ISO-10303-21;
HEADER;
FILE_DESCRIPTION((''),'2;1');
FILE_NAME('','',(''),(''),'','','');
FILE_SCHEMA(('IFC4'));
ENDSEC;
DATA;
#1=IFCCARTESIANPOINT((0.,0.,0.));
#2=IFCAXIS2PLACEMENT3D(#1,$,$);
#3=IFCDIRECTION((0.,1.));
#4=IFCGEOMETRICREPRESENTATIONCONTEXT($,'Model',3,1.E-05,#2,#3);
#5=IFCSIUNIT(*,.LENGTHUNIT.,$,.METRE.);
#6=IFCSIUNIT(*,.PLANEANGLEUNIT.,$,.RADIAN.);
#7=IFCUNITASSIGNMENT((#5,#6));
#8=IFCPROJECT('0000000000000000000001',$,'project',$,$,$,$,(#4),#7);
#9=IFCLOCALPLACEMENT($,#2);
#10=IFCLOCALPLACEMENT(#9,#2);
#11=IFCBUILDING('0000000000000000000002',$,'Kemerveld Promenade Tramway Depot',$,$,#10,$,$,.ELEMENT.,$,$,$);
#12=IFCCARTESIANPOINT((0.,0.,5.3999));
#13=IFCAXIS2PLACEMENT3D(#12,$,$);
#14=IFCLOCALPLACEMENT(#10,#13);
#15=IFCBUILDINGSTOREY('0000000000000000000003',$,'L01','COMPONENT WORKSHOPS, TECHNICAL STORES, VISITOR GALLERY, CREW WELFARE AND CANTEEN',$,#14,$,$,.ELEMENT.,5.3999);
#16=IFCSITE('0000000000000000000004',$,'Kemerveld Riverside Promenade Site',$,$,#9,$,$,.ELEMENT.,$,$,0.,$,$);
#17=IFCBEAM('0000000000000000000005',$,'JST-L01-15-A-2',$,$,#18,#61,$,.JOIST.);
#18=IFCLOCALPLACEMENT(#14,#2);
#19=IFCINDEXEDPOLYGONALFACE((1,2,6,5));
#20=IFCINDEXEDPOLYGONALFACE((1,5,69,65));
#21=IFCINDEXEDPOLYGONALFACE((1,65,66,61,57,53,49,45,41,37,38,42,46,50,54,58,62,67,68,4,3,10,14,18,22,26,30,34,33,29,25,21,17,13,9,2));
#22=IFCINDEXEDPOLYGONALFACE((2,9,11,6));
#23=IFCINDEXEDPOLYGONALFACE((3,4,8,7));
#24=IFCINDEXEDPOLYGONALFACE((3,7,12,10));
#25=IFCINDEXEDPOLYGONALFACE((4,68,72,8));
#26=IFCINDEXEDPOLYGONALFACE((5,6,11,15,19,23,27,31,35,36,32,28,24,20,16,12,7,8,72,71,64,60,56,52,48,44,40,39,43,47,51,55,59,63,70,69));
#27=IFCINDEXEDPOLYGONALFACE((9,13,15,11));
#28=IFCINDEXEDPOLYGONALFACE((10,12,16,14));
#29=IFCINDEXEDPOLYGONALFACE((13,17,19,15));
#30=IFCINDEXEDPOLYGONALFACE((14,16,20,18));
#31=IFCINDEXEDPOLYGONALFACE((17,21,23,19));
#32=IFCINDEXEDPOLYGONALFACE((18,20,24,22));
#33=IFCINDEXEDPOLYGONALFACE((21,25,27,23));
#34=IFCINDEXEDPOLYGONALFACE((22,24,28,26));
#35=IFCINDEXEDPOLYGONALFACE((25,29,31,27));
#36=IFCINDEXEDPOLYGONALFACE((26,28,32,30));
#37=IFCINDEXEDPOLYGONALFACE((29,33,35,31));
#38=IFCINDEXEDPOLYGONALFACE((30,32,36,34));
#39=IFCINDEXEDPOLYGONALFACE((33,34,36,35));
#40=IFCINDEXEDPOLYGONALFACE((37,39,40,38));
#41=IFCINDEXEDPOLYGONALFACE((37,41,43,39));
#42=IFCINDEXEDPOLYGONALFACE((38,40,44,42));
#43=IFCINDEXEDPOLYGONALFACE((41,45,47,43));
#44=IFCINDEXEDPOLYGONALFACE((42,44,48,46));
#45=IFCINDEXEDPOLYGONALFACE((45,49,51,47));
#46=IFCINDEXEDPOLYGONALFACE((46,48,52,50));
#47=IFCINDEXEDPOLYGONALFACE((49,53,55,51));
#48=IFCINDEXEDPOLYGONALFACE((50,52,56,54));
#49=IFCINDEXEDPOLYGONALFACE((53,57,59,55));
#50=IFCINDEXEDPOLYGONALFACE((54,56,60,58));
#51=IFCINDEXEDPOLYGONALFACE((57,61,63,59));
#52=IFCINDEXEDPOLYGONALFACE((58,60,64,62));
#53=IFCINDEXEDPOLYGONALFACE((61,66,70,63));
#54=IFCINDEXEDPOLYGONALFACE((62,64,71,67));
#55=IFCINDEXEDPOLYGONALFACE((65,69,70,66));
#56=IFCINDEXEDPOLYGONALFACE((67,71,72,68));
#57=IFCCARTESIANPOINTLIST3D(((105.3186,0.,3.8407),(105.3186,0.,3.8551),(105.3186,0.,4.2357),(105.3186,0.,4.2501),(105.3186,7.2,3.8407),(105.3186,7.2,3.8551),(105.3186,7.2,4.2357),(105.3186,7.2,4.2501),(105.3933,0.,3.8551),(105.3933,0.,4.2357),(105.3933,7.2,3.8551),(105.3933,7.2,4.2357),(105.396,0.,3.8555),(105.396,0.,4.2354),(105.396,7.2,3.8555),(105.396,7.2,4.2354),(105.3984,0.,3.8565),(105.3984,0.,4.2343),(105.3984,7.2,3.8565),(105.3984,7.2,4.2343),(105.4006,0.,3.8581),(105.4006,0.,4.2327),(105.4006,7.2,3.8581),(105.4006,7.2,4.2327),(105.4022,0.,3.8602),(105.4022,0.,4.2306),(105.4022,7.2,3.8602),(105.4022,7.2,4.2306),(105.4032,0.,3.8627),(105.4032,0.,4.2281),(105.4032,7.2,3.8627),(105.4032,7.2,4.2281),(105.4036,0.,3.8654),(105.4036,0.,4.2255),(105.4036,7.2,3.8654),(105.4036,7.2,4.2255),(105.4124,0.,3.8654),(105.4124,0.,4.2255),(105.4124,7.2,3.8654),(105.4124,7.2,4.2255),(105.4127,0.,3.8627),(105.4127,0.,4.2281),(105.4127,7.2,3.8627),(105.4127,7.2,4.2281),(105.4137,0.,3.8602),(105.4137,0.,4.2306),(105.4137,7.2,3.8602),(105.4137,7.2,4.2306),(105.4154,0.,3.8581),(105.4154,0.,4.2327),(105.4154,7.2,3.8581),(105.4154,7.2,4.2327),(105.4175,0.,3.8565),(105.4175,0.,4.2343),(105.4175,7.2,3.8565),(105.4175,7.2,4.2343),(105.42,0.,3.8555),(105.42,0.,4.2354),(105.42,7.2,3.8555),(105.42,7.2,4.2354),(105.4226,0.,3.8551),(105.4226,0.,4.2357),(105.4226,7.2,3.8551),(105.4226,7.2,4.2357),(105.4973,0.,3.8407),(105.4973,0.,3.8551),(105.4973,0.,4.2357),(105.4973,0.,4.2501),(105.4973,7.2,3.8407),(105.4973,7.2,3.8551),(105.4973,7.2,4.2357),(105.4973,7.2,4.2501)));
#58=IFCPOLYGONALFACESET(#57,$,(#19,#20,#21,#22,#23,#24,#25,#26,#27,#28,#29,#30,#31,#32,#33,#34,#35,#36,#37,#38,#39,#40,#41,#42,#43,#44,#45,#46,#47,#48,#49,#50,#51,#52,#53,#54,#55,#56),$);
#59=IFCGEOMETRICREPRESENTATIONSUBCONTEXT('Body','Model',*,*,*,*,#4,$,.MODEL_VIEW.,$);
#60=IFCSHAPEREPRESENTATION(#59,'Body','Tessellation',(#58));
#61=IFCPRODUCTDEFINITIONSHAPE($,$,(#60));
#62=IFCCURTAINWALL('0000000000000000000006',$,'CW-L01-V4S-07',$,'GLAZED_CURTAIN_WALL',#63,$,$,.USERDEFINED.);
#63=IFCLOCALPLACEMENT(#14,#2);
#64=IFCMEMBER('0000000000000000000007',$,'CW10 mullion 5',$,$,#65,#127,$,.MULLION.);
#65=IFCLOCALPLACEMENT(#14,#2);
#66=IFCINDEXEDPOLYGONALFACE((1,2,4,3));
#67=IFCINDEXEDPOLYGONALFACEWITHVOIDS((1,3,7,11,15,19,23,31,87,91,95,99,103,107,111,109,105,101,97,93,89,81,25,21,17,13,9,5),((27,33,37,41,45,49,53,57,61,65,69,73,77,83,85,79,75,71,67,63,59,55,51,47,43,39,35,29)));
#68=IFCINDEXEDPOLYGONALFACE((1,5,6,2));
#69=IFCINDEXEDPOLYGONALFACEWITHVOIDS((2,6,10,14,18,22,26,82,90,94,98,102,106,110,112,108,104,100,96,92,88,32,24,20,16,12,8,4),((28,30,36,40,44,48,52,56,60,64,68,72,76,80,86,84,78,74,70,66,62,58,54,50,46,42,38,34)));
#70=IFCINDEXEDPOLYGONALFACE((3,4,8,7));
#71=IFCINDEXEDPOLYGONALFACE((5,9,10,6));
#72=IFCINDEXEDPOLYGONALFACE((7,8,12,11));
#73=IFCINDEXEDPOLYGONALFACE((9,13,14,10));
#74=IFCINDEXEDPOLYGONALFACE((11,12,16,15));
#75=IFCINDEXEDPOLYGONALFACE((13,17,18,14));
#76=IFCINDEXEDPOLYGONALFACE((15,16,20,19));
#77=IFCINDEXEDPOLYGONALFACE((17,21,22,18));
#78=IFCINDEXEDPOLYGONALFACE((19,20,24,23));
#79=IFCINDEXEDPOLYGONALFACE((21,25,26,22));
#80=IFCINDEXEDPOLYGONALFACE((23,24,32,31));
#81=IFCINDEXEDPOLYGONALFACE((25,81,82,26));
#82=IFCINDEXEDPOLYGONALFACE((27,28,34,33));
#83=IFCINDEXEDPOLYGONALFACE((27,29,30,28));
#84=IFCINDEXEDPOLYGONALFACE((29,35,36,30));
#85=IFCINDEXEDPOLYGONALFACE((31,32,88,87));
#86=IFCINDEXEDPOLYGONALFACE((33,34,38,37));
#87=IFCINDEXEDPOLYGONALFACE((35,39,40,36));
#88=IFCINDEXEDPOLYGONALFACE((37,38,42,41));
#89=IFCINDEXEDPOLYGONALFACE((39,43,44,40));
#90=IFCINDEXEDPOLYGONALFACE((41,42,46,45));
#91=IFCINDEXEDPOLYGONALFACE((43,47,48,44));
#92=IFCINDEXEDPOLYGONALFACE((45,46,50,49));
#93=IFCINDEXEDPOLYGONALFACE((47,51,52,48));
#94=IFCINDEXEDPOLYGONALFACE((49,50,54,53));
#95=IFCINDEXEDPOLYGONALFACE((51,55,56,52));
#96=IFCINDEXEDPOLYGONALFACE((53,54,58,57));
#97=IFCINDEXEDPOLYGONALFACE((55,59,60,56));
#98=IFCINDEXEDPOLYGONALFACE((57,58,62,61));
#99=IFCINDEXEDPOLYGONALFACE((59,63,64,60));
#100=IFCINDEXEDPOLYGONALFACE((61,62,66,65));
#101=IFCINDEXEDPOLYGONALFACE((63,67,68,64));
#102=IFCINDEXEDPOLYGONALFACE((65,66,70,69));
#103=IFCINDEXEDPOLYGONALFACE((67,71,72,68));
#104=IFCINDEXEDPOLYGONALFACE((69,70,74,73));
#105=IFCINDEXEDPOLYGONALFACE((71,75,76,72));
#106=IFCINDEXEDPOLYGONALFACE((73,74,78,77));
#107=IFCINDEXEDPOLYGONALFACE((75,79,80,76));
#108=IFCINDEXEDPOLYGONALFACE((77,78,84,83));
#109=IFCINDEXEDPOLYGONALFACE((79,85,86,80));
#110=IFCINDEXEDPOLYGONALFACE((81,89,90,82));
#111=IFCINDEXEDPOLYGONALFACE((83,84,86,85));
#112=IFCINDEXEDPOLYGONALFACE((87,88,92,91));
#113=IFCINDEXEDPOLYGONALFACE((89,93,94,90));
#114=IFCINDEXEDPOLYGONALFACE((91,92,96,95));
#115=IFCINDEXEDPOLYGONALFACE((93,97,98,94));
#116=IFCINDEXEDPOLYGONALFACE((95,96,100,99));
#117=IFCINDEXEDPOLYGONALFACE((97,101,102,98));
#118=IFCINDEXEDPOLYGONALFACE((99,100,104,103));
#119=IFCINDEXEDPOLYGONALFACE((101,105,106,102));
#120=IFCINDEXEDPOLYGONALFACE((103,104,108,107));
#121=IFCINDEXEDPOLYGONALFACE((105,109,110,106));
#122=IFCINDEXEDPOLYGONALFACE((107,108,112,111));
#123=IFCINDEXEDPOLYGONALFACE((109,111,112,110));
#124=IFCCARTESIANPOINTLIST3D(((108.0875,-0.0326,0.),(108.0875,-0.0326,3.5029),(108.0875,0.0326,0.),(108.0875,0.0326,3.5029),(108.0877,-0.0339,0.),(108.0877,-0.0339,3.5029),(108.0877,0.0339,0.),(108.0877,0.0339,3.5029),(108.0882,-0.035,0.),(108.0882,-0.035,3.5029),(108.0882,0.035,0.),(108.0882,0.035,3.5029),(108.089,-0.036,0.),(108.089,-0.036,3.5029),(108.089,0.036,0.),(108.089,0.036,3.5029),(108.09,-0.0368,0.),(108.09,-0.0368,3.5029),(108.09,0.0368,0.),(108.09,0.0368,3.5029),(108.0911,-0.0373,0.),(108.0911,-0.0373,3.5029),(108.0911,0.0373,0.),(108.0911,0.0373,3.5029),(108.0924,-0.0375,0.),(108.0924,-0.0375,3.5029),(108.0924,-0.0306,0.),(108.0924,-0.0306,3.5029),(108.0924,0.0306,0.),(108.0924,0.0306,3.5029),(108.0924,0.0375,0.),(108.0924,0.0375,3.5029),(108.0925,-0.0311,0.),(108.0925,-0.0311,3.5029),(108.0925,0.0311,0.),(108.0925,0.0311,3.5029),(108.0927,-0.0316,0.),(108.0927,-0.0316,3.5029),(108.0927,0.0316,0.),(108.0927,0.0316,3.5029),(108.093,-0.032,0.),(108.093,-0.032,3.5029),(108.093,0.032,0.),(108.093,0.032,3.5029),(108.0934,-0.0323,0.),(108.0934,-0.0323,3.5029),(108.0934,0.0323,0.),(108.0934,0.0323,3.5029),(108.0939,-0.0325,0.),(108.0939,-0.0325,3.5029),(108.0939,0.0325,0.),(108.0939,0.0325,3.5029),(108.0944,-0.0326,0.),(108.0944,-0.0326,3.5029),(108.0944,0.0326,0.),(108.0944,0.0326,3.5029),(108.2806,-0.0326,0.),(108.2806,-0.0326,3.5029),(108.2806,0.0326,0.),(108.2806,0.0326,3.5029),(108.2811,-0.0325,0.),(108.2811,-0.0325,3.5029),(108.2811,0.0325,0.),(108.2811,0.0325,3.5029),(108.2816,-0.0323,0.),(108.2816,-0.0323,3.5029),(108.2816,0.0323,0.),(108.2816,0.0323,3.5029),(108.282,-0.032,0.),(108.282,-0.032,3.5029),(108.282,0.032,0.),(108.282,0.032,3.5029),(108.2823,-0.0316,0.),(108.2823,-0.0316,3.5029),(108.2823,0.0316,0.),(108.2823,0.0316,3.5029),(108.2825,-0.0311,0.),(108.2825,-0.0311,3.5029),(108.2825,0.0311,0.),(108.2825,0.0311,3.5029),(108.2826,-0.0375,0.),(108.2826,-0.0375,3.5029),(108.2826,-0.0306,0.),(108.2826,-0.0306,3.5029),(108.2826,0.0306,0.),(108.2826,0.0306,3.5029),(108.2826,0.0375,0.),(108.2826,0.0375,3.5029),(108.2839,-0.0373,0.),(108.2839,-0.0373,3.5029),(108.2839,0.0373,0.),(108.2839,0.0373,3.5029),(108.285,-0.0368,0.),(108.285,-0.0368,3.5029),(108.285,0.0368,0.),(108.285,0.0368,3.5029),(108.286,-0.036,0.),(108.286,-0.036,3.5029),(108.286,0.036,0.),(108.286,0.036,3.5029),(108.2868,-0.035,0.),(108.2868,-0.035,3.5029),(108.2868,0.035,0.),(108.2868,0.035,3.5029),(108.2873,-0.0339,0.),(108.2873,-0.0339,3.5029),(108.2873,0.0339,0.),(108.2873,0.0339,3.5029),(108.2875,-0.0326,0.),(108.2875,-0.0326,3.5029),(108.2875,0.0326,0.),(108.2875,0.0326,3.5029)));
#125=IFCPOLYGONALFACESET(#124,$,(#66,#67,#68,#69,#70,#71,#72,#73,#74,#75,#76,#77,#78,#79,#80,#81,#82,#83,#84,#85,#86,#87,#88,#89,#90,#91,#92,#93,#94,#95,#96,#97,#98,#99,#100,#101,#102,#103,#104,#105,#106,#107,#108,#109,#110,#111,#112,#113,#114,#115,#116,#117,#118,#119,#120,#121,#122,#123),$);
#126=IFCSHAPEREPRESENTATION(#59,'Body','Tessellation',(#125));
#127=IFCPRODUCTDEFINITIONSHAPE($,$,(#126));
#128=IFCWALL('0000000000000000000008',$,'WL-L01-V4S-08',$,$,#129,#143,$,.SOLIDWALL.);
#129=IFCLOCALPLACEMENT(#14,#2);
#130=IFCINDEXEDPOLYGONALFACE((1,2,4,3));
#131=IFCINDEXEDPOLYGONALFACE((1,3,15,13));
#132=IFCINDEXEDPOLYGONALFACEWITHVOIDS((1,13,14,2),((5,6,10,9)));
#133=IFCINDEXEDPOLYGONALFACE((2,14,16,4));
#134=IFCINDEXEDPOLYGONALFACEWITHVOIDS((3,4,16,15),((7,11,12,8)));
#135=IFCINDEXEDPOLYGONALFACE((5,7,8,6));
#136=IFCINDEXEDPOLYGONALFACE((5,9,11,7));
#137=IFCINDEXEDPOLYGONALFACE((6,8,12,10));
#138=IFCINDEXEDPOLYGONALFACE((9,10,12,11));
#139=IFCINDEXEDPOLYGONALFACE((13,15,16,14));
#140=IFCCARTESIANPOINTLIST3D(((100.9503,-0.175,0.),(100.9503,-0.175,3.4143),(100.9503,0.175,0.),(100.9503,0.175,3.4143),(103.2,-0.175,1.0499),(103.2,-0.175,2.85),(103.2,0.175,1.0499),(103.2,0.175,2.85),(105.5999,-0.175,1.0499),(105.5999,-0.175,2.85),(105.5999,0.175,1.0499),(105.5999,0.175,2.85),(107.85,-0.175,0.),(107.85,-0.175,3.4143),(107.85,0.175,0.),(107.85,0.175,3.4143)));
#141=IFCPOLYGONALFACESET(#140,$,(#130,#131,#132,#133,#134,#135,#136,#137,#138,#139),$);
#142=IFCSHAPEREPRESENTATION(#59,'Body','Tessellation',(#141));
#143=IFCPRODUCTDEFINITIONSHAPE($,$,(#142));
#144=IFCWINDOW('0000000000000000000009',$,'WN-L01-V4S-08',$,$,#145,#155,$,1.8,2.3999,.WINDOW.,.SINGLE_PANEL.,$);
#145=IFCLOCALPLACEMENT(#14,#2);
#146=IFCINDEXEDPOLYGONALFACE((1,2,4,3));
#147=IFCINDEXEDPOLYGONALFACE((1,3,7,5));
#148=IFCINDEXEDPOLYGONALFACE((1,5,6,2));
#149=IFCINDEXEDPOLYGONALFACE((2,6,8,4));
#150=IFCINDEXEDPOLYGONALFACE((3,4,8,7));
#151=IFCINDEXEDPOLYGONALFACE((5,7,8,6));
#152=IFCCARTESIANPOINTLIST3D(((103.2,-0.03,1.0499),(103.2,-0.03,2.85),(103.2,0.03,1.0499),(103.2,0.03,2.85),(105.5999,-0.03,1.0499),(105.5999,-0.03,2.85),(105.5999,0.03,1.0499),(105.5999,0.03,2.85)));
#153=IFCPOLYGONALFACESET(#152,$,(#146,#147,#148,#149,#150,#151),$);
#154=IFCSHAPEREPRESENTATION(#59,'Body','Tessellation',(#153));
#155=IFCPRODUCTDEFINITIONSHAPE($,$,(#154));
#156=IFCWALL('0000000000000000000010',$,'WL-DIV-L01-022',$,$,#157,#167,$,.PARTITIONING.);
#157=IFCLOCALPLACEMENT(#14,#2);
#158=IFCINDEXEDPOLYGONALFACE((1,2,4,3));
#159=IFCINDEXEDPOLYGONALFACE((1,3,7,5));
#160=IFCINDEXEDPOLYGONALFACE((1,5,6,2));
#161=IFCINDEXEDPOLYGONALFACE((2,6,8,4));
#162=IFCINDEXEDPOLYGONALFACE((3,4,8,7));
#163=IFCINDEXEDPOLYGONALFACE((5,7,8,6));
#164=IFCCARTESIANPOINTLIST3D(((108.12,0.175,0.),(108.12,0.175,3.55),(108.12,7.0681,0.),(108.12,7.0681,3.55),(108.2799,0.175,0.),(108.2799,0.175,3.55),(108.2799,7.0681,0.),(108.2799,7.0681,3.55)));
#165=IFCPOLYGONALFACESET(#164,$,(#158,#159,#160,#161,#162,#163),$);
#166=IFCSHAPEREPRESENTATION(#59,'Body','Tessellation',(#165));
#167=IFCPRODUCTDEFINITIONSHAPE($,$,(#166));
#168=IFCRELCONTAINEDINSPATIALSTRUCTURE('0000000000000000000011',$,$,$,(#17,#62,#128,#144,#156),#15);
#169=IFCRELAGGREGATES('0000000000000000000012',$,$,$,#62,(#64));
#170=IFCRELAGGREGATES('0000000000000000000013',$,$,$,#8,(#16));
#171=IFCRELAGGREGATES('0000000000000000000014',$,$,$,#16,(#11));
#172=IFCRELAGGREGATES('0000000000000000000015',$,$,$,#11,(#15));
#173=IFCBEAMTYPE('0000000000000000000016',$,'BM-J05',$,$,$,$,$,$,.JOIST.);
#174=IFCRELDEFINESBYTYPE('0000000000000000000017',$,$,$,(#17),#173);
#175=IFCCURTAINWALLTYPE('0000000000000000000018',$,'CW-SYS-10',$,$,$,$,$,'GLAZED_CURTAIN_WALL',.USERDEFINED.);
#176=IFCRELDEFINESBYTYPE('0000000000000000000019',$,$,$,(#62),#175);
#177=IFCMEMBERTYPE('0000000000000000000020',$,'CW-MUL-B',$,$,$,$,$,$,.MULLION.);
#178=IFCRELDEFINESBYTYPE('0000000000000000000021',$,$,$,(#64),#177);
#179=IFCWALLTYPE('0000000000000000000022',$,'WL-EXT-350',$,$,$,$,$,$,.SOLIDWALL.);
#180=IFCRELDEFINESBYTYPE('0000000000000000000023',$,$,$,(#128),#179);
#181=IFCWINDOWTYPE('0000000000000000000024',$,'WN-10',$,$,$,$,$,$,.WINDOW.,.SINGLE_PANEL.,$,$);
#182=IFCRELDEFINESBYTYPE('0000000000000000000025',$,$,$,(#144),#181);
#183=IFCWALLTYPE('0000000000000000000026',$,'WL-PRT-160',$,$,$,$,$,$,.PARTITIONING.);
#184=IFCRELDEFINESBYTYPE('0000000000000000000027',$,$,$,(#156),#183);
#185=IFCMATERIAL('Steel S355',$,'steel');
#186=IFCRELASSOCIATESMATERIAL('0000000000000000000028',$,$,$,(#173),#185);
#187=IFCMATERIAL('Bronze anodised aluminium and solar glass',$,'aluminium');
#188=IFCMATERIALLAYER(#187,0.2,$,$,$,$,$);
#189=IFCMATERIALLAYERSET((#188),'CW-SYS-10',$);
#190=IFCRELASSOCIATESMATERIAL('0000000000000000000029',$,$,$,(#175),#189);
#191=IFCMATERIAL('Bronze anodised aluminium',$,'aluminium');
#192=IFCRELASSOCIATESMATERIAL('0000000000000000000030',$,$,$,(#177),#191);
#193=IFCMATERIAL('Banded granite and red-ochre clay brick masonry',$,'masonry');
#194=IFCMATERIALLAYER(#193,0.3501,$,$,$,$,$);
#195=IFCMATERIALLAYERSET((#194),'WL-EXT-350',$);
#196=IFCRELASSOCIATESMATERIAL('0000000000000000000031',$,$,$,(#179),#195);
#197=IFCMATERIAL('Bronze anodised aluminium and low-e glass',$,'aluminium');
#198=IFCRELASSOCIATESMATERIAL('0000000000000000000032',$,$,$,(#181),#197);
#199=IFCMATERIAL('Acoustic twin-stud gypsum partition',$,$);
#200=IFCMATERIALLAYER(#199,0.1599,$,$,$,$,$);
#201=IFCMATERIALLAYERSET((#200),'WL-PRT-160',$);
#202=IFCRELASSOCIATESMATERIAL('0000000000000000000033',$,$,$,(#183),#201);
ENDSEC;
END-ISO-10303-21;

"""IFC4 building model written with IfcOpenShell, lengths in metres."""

from ifc_helpers import new_model, si_unit, direction, frame, frame_2d, origin, origin_2d, place, context, subcontext, project, spatial, rectangle, hollow_rectangle, i_section, extrude, material, layer, layer_set, material_profile, profile_set, type_object, element, fill, aggregate, save


model = new_model("IFC4")

# Units and contexts
model_context = context("Model", 3, precision=1e-05, world=origin(), true_north=direction((0.0, 1.0)))
body_context = subcontext(model_context, "Body", "Model", "MODEL_VIEW")
ifc_project = project(units=[si_unit("LENGTHUNIT", "METRE"), si_unit("PLANEANGLEUNIT", "RADIAN")], contexts=[model_context])

# Site, building, storey
site_placement = place(None, origin())
site = spatial("IfcSite", under=ifc_project, at=site_placement, Name="Kemerveld Riverside Promenade Site", CompositionType="ELEMENT", RefElevation=0.0)
building_placement = place(site_placement, origin())
building = spatial("IfcBuilding", under=site, at=building_placement, Name="Kemerveld Promenade Tramway Depot", CompositionType="ELEMENT")
storey_placement = place(building_placement, frame((0.0, 0.0, 5.3999)))
storey = spatial("IfcBuildingStorey", under=building, at=storey_placement, Name="L01", Description="COMPONENT WORKSHOPS, TECHNICAL STORES, VISITOR GALLERY, CREW WELFARE AND CANTEEN", CompositionType="ELEMENT", Elevation=5.3999)

# Shared definitions
ifc_material_1 = material(Name="Steel S355", Category="steel")

# Beam
ifc_material_profile_1 = material_profile(ifc_material_1, i_section(OverallWidth=0.1787, OverallDepth=0.4094, WebThickness=0.0088, FlangeThickness=0.0144, FilletRadius=0.0103, at=origin_2d()), Name="406x178x67 UB")
ifc_profile_set_1 = profile_set([ifc_material_profile_1], Name="Steel S355")
beam_type_1 = type_object("IfcBeamType", Name="BM-J05", PredefinedType="JOIST", material=ifc_profile_set_1)
for number, where, z_axis, x_axis, name in (
    (1, (105.408, 0.0, 4.0454), (0.0, 1.0, 0.0), (-1.0, 0.0, 0.0), "JST-L01-15-A-2"),
):
    element("IfcBeam", number, at=place(storey_placement, frame(where, z_axis=z_axis, x_axis=x_axis)), inside=storey, type_object=beam_type_1, Name=name, PredefinedType="JOIST", context=body_context, shape_type="SweptSolid", body=[
        extrude(i_section(OverallWidth=0.1787, OverallDepth=0.4094, WebThickness=0.0088, FlangeThickness=0.0144, FilletRadius=0.0103, at=origin_2d()), origin(), (0.0, 0.0, 1.0), 7.2),
    ])

# Curtain wall, member
ifc_material_2 = material(Name="Bronze anodised aluminium and solar glass", Category="aluminium")
ifc_layer_1 = layer(ifc_material_2, 0.2)
ifc_layer_set_1 = layer_set([ifc_layer_1], Name="CW-SYS-10")
curtain_wall_type = type_object("IfcCurtainWallType", Name="CW-SYS-10", ElementType="GLAZED_CURTAIN_WALL", PredefinedType="USERDEFINED", material=ifc_layer_set_1)
curtain_wall_placement = place(storey_placement, origin())
curtain_wall = element("IfcCurtainWall", 2, at=curtain_wall_placement, inside=storey, type_object=curtain_wall_type, Name="CW-L01-V4S-07", ObjectType="GLAZED_CURTAIN_WALL", PredefinedType="USERDEFINED")
ifc_material_3 = material(Name="Bronze anodised aluminium", Category="aluminium")
ifc_material_profile_2 = material_profile(ifc_material_3, hollow_rectangle(XDim=0.075, YDim=0.2, WallThickness=0.0049, InnerFilletRadius=0.002, OuterFilletRadius=0.0049, at=origin_2d()), Name="CW-MUL-200x75")
ifc_profile_set_2 = profile_set([ifc_material_profile_2], Name="Bronze anodised aluminium")
member_type = type_object("IfcMemberType", Name="CW-MUL-B", PredefinedType="MULLION", material=ifc_profile_set_2)
member_placement = place(storey_placement, frame((108.1875, 0.0, 0.0), z_axis=(0.0, 0.0, 1.0), x_axis=(0.0, -1.0, 0.0)))
member = element("IfcMember", 3, at=member_placement, type_object=member_type, Name="CW10 mullion 5", PredefinedType="MULLION", context=body_context, shape_type="SweptSolid", body=[
    extrude(hollow_rectangle(XDim=0.075, YDim=0.2, WallThickness=0.0049, InnerFilletRadius=0.002, OuterFilletRadius=0.0049, at=origin_2d()), origin(), (0.0, 0.0, 1.0), 3.5029),
])
aggregate(curtain_wall, [member])

# Wall, opening, window
ifc_material_4 = material(Name="Banded granite and red-ochre clay brick masonry", Category="masonry")
ifc_layer_2 = layer(ifc_material_4, 0.3501)
ifc_layer_set_2 = layer_set([ifc_layer_2], Name="WL-EXT-350")
wall_type_1 = type_object("IfcWallType", Name="WL-EXT-350", PredefinedType="SOLIDWALL", material=ifc_layer_set_2)
wall_1_placement = place(storey_placement, frame((107.8499, 0.0, 0.0), z_axis=(0.0, 0.0, 1.0), x_axis=(-1.0, 0.0, 0.0)))
wall_1 = element("IfcWall", 4, at=wall_1_placement, inside=storey, type_object=wall_type_1, Name="WL-L01-V4S-08", PredefinedType="SOLIDWALL", context=body_context, shape_type="SweptSolid", body=[
    extrude(rectangle(XDim=6.8997, YDim=0.3501, at=frame_2d((3.4497, 0.0))), origin(), (0.0, 0.0, 1.0), 3.4143),
])
opening_placement = place(wall_1_placement, frame((2.25, 0.0, 1.05)))
opening = element("IfcOpeningElement", 5, at=opening_placement, cuts=wall_1, PredefinedType="OPENING", context=body_context, shape_type="SweptSolid", body=[
    extrude(rectangle(XDim=2.3999, YDim=1.8, at=frame_2d((1.2, 0.8999))), frame((0.0, 0.1851, 0.0), z_axis=(0.0, -1.0, 0.0), x_axis=(1.0, 0.0, 0.0)), (0.0, 0.0, 1.0), 0.3701),
])
ifc_material_5 = material(Name="Bronze anodised aluminium and low-e glass", Category="aluminium")
window_type = type_object("IfcWindowType", Name="WN-10", PartitioningType="SINGLE_PANEL", PredefinedType="WINDOW", material=ifc_material_5)
window_placement = place(opening_placement, origin())
window = element("IfcWindow", 6, at=window_placement, inside=storey, type_object=window_type, Name="WN-L01-V4S-08", OverallHeight=1.8, OverallWidth=2.3999, PartitioningType="SINGLE_PANEL", PredefinedType="WINDOW", context=body_context, shape_type="SweptSolid", body=[
    extrude(rectangle(XDim=2.3999, YDim=1.8, at=frame_2d((1.2, 0.8999))), frame((0.0, 0.03, 0.0), z_axis=(0.0, -1.0, 0.0), x_axis=(1.0, 0.0, 0.0)), (0.0, 0.0, 1.0), 0.0601),
])
fill(opening, window)

# Wall
ifc_material_6 = material(Name="Acoustic twin-stud gypsum partition")
ifc_layer_3 = layer(ifc_material_6, 0.1599)
ifc_layer_set_3 = layer_set([ifc_layer_3], Name="WL-PRT-160")
wall_type_2 = type_object("IfcWallType", Name="WL-PRT-160", PredefinedType="PARTITIONING", material=ifc_layer_set_3)
wall_2_placement = place(storey_placement, frame((108.2, 0.175, 0.0), z_axis=(0.0, 0.0, 1.0), x_axis=(0.0, 1.0, 0.0)))
element("IfcWall", 7, at=wall_2_placement, inside=storey, type_object=wall_type_2, Name="WL-DIV-L01-022", PredefinedType="PARTITIONING", context=body_context, shape_type="SweptSolid", body=[
    extrude(rectangle(XDim=6.8931, YDim=0.1599, at=frame_2d((3.4465, 0.0))), origin(), (0.0, 0.0, 1.0), 3.55),
])

save(model, "model.ifc")
